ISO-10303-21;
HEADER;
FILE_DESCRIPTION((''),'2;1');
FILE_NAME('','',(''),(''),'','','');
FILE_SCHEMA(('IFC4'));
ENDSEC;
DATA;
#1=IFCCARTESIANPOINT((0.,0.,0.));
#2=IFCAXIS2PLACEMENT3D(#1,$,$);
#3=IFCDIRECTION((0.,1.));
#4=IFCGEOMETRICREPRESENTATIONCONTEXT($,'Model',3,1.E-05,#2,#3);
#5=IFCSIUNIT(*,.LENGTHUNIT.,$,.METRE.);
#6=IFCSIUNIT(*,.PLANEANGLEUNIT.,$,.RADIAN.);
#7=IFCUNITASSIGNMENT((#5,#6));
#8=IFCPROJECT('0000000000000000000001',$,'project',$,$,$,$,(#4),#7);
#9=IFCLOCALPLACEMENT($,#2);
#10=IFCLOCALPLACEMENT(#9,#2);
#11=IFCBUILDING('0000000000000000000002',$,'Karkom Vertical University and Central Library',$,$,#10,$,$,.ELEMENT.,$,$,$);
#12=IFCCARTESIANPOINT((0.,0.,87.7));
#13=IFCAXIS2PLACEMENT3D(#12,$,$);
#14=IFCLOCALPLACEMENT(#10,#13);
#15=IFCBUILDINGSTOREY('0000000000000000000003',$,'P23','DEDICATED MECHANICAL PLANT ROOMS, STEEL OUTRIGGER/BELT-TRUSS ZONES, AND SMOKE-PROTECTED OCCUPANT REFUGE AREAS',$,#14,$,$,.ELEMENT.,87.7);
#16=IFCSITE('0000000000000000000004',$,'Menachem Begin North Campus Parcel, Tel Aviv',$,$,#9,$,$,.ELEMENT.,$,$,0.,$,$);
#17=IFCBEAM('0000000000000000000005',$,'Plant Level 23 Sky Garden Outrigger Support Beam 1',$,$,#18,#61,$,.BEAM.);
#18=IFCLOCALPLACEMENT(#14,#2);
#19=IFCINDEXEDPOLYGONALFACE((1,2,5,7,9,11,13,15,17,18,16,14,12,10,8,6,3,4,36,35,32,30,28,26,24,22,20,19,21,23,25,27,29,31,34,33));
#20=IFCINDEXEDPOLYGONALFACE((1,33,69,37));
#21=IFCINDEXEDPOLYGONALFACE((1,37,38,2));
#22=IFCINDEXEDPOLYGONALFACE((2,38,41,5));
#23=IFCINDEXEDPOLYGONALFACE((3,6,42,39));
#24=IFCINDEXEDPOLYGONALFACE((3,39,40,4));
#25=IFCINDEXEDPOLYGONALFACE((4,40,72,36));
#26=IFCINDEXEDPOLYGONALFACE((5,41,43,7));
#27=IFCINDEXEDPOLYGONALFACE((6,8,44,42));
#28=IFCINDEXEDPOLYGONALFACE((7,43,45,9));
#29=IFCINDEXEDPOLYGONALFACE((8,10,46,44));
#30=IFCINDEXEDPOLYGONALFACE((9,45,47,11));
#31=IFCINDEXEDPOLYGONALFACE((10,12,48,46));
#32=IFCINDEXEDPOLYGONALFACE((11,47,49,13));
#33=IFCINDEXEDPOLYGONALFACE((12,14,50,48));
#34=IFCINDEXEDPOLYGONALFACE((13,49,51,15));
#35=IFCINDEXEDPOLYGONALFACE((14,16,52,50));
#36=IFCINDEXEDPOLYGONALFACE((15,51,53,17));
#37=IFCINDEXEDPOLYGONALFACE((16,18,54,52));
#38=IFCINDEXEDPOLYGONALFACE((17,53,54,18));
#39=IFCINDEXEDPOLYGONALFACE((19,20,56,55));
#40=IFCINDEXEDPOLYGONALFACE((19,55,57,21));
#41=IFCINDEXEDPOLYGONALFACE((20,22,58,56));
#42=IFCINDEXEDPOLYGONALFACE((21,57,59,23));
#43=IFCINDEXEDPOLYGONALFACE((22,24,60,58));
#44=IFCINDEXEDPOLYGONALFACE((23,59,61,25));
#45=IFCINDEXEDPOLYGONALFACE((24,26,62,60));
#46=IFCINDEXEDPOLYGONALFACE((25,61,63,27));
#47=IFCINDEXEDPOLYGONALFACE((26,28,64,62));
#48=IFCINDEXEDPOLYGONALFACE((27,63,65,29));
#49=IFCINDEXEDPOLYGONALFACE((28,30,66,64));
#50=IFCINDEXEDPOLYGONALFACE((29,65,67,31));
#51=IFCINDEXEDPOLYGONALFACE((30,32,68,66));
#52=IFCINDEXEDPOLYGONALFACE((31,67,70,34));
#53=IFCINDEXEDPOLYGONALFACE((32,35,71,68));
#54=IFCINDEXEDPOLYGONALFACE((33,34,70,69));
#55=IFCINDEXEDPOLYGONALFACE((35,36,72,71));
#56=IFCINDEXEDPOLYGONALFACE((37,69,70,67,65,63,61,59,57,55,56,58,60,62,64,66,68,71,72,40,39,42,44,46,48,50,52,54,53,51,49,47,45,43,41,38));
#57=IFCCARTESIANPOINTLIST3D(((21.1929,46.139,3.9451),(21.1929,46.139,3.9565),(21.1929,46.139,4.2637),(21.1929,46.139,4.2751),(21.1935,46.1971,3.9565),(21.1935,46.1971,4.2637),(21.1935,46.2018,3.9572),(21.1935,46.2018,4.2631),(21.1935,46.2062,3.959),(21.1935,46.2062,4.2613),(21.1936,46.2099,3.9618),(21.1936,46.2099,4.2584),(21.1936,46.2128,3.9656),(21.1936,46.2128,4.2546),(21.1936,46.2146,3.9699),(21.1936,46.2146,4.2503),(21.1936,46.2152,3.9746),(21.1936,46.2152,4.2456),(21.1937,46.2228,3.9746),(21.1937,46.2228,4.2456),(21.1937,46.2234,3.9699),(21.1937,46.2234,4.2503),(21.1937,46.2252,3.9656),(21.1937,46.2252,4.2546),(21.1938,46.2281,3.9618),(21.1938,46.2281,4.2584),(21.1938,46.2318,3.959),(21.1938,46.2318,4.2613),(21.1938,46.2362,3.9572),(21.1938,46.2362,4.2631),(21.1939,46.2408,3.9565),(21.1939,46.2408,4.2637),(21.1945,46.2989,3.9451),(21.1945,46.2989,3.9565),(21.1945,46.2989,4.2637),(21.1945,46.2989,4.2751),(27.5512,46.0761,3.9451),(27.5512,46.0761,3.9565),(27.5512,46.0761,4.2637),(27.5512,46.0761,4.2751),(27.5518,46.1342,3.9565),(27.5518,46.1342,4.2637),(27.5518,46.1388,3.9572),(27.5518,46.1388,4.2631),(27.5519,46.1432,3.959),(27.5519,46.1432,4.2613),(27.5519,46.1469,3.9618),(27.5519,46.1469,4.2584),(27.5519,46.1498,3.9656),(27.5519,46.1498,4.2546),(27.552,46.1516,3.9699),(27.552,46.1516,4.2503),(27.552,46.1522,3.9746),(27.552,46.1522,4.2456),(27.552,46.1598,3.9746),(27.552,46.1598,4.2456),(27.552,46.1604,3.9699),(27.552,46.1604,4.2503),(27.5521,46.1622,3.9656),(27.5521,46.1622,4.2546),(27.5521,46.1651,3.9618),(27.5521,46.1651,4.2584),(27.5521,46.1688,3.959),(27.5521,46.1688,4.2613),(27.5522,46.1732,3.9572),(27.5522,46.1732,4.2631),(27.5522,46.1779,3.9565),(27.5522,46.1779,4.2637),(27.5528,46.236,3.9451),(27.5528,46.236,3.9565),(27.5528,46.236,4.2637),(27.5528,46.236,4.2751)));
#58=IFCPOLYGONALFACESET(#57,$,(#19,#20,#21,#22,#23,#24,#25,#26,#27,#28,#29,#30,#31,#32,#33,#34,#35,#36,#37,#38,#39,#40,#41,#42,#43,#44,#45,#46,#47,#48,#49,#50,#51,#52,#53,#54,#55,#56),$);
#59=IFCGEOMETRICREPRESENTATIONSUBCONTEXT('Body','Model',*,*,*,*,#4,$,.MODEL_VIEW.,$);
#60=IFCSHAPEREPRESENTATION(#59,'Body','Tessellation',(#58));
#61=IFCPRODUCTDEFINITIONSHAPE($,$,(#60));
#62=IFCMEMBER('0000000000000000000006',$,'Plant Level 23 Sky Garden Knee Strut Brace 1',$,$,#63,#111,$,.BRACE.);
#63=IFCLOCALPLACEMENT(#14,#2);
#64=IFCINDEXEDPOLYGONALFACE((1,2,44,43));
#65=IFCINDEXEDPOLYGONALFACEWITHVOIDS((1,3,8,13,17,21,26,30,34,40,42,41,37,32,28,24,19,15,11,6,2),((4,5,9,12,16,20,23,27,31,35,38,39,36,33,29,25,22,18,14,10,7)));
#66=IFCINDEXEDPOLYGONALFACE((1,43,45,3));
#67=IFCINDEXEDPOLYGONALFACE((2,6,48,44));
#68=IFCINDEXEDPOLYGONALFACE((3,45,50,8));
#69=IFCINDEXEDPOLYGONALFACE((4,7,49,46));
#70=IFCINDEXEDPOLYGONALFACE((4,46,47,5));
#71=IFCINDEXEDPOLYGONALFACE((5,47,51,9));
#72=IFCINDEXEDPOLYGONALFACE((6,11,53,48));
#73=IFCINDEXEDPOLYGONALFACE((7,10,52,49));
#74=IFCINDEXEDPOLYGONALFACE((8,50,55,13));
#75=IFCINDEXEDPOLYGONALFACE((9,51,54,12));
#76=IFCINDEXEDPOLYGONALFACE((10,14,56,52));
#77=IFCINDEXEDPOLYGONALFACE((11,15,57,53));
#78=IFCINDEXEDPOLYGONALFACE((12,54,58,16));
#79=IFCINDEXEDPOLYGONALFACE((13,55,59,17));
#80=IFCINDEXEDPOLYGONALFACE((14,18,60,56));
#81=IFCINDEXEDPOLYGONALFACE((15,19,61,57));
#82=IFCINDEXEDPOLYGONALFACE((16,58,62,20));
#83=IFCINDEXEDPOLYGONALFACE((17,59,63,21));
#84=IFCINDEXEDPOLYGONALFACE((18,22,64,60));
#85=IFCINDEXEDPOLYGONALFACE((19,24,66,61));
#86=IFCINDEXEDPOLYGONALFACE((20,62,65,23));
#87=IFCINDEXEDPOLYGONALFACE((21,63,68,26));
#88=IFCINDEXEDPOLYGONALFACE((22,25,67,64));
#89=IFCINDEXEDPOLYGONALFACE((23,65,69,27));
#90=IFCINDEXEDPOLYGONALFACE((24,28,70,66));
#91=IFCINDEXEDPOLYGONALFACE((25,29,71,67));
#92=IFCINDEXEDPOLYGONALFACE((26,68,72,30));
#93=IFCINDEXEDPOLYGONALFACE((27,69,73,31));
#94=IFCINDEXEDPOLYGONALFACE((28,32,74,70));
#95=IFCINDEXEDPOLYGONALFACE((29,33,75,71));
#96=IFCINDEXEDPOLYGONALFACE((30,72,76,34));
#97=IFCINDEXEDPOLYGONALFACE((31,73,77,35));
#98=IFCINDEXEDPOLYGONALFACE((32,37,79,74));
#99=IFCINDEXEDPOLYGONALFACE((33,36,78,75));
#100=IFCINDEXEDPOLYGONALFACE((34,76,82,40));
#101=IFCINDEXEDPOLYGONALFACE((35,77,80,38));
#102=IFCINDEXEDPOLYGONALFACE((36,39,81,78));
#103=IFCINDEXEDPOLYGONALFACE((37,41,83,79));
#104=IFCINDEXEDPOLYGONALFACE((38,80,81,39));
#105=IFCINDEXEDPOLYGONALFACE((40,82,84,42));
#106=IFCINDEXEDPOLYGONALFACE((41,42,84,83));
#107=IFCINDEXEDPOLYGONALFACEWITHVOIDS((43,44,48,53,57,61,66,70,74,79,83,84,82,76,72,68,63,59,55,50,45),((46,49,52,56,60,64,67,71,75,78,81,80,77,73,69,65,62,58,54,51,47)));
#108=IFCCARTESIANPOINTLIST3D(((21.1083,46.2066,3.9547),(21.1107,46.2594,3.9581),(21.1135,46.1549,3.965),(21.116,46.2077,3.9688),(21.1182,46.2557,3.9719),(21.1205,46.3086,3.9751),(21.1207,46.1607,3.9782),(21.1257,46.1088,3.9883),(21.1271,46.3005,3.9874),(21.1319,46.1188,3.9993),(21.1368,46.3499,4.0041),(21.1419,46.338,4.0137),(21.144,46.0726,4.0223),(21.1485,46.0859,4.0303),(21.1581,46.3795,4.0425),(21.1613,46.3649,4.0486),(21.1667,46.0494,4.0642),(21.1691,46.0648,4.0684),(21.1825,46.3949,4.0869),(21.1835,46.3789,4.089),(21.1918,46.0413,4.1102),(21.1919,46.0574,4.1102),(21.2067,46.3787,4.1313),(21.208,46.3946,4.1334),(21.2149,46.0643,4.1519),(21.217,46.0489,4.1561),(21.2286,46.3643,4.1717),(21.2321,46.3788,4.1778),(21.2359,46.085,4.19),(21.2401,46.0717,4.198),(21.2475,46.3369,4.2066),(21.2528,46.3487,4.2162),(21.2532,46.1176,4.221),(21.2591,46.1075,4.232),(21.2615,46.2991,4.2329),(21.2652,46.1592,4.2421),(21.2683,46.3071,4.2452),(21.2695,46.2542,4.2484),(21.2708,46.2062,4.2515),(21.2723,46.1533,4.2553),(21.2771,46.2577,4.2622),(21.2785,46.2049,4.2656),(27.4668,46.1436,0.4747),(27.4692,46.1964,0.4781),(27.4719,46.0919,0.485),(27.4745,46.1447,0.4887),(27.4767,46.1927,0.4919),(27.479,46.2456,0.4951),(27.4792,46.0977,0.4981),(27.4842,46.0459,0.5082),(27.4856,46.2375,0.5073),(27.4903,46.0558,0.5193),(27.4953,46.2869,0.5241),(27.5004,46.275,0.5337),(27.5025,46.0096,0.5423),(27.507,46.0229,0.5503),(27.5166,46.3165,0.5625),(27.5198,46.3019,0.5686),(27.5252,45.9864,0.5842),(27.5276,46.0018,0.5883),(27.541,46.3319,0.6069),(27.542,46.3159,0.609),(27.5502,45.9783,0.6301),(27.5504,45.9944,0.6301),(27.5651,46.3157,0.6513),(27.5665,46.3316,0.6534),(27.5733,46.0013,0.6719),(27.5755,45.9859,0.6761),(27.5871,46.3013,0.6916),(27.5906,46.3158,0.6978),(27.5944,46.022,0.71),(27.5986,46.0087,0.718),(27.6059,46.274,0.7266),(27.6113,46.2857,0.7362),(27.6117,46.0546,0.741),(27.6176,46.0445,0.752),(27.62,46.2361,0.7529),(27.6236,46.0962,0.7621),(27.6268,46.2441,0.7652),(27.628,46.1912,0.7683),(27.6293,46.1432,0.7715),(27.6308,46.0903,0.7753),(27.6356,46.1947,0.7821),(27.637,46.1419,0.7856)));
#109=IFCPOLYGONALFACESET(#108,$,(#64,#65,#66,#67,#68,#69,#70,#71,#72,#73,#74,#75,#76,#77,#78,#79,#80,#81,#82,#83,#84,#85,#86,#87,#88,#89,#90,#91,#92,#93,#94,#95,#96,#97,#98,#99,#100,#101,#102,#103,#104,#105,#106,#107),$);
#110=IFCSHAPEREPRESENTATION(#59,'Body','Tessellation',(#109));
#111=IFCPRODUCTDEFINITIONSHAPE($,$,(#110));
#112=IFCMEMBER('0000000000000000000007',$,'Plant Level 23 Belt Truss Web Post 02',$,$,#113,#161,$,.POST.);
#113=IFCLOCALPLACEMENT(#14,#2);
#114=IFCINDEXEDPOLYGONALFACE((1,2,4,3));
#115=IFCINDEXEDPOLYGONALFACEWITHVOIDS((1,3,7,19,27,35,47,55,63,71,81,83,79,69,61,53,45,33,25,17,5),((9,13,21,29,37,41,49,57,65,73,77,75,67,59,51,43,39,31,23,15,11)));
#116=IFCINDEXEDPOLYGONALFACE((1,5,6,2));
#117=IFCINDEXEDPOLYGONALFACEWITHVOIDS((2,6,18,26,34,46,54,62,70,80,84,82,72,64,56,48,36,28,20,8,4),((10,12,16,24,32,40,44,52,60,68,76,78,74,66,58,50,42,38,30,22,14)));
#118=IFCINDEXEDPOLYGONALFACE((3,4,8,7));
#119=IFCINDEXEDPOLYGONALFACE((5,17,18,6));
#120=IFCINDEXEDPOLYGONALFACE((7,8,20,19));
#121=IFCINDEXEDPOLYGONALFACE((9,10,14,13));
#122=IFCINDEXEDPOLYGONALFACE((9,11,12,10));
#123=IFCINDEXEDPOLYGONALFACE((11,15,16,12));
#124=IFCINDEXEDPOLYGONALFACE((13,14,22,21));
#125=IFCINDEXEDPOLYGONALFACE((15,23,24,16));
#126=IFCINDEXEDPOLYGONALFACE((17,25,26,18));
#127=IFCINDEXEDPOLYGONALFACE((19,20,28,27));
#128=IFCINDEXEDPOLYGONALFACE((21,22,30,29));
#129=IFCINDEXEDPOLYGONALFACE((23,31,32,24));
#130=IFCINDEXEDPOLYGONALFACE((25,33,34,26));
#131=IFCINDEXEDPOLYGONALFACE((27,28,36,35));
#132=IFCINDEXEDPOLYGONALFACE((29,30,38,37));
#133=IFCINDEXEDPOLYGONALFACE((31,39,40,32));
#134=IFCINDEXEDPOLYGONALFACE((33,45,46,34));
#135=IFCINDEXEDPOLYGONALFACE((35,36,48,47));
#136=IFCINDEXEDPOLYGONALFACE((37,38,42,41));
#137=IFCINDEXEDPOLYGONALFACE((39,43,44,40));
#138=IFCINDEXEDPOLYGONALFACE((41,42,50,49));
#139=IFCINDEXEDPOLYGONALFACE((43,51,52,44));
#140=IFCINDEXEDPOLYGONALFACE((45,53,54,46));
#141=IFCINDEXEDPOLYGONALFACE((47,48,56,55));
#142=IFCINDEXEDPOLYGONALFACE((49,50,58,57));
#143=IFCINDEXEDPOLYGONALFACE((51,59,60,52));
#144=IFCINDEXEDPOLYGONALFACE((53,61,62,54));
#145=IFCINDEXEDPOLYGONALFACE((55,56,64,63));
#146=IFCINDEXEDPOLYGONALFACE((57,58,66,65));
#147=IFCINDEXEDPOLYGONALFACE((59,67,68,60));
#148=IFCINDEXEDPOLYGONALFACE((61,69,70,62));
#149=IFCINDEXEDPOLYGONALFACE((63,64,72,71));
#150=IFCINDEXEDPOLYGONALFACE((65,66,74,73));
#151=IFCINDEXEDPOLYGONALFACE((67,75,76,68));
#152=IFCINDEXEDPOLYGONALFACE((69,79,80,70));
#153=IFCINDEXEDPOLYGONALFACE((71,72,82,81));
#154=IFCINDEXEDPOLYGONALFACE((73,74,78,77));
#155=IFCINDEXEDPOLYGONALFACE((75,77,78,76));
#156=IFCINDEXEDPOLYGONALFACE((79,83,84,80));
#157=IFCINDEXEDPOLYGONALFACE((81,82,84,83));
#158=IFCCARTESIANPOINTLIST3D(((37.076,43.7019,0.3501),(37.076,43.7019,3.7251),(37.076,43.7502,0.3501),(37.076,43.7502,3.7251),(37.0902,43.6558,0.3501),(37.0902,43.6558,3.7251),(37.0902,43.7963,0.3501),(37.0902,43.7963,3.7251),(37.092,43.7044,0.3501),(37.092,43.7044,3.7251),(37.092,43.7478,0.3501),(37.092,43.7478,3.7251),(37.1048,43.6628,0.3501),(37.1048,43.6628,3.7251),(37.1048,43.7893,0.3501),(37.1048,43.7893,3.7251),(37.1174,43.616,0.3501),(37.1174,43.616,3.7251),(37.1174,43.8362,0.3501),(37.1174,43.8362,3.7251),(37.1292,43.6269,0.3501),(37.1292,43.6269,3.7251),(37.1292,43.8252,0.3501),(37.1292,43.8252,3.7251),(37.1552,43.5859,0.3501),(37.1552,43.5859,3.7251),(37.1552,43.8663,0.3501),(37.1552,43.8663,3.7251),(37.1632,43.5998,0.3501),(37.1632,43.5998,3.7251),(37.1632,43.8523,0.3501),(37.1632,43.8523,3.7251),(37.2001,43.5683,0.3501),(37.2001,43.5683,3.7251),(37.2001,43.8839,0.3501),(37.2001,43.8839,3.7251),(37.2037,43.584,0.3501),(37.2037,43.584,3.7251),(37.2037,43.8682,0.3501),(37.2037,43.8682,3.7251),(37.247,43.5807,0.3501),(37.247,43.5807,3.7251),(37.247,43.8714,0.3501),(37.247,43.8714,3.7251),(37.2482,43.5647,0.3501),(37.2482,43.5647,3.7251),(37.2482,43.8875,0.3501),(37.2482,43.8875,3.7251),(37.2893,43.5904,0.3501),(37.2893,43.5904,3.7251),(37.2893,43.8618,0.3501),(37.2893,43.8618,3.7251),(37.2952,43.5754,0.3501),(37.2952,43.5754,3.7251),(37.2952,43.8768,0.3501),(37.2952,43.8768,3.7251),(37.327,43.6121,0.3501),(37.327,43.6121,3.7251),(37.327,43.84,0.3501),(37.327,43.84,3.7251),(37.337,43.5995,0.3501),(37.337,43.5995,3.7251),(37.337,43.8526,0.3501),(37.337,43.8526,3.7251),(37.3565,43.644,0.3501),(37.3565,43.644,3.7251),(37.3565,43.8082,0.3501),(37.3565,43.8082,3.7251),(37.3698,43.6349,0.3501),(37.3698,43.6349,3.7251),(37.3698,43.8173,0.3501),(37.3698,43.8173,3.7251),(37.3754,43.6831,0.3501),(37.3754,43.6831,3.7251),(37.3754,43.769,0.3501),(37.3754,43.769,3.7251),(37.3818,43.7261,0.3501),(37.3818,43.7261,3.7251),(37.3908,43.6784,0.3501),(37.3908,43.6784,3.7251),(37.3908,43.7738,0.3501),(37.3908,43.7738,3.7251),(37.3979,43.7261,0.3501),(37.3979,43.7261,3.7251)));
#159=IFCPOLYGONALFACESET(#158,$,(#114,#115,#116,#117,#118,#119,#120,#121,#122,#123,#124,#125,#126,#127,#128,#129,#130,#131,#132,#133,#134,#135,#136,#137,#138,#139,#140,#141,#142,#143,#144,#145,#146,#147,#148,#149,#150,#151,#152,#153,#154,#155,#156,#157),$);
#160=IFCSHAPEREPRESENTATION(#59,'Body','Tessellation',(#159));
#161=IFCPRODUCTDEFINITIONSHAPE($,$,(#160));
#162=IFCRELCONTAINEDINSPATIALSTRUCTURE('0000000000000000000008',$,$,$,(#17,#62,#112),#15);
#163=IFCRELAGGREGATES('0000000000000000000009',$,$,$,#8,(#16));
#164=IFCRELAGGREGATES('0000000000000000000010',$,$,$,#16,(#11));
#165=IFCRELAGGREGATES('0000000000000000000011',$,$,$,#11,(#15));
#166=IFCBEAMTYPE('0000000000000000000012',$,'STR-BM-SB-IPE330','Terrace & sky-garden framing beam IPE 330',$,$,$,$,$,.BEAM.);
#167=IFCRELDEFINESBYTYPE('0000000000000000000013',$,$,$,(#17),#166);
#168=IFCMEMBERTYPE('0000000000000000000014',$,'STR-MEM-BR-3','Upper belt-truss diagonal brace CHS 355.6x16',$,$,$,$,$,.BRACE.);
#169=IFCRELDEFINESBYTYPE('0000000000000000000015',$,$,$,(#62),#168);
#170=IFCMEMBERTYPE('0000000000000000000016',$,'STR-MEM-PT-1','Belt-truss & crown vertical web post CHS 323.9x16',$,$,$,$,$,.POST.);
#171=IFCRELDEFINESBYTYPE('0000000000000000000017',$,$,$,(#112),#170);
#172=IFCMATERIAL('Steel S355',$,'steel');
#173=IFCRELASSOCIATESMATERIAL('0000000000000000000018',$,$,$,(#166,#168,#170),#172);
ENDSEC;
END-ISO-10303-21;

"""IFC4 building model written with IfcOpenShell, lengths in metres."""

from ifc_helpers import new_model, si_unit, direction, frame, origin, origin_with_axes, origin_2d, place, context, subcontext, project, spatial, hollow_circle, i_section, extrude, source, transform, mapped, material, material_profile, profile_set, type_object, element, save


model = new_model("IFC4")

# Units and contexts
model_context = context("Model", 3, precision=1e-05, world=origin(), true_north=direction((0.0, 1.0)))
body_context = subcontext(model_context, "Body", "Model", "MODEL_VIEW")
ifc_project = project(units=[si_unit("LENGTHUNIT", "METRE"), si_unit("PLANEANGLEUNIT", "RADIAN")], contexts=[model_context])

# Site, building, storey
site_placement = place(None, origin())
site = spatial("IfcSite", under=ifc_project, at=site_placement, Name="Menachem Begin North Campus Parcel, Tel Aviv", CompositionType="ELEMENT", RefElevation=0.0)
building_placement = place(site_placement, origin())
building = spatial("IfcBuilding", under=site, at=building_placement, Name="Karkom Vertical University and Central Library", CompositionType="ELEMENT")
storey_placement = place(building_placement, frame((0.0, 0.0, 87.7)))
storey = spatial("IfcBuildingStorey", under=building, at=storey_placement, Name="P23", Description="DEDICATED MECHANICAL PLANT ROOMS, STEEL OUTRIGGER/BELT-TRUSS ZONES, AND SMOKE-PROTECTED OCCUPANT REFUGE AREAS", CompositionType="ELEMENT", Elevation=87.7)

# Beam
ifc_material_1 = material(Name="Steel S355", Category="steel")
ifc_material_profile_1 = material_profile(ifc_material_1, i_section(OverallWidth=0.1599, OverallDepth=0.3301, WebThickness=0.0076, FlangeThickness=0.0115, FilletRadius=0.0181, at=origin_2d()), Name="IPE 330")
ifc_profile_set_1 = profile_set([ifc_material_profile_1], Name="Steel S355")
beam_type_1 = type_object("IfcBeamType", Name="STR-BM-SB-IPE330", Description="Terrace & sky-garden framing beam IPE 330", PredefinedType="BEAM", material=ifc_profile_set_1)
shared_shape_1 = source(origin_with_axes(), body_context, "Body", "SweptSolid", [
    extrude(i_section(OverallWidth=0.1599, OverallDepth=0.3301, WebThickness=0.0076, FlangeThickness=0.0115, FilletRadius=0.0181, at=origin_2d()), origin(), (0.0, 0.0, 1.0), 6.3586),
])
beam_1_placement = place(storey_placement, frame((27.552, 46.156, 4.1101), z_axis=(-0.999951, 0.009906, 0.0), x_axis=(-0.009906, -0.999951, 0.0)))
element("IfcBeam", 1, at=beam_1_placement, inside=storey, type_object=beam_type_1, Name="Plant Level 23 Sky Garden Outrigger Support Beam 1", PredefinedType="BEAM", context=body_context, shape_type="MappedRepresentation", body=[
    mapped(shared_shape_1, transform((0.0, 0.0, 0.0), scale=1.0)),
])

# Members
ifc_material_profile_2 = material_profile(ifc_material_1, hollow_circle(Radius=0.1777, WallThickness=0.0161, at=origin_2d()), Name="CHS 355.6x16")
ifc_profile_set_2 = profile_set([ifc_material_profile_2], Name="Steel S355")
member_type_1 = type_object("IfcMemberType", Name="STR-MEM-BR-3", Description="Upper belt-truss diagonal brace CHS 355.6x16", PredefinedType="BRACE", material=ifc_profile_set_2)
shared_shape_2 = source(origin_with_axes(), body_context, "Body", "SweptSolid", [
    extrude(hollow_circle(Radius=0.1777, WallThickness=0.0161, at=origin_2d()), origin(), (0.0, 0.0, 1.0), 7.2488),
])
member_1_placement = place(storey_placement, frame((27.552, 46.156, 0.6301), z_axis=(-0.877179, 0.00869, 0.480084), x_axis=(-0.009906, -0.999951, 0.0)))
element("IfcMember", 2, at=member_1_placement, inside=storey, type_object=member_type_1, Name="Plant Level 23 Sky Garden Knee Strut Brace 1", PredefinedType="BRACE", context=body_context, shape_type="MappedRepresentation", body=[
    mapped(shared_shape_2, transform((0.0, 0.0, 0.0), scale=1.0)),
])
ifc_material_profile_3 = material_profile(ifc_material_1, hollow_circle(Radius=0.1619, WallThickness=0.0161, at=origin_2d()), Name="CHS 323.9x16")
ifc_profile_set_3 = profile_set([ifc_material_profile_3], Name="Steel S355")
member_type_2 = type_object("IfcMemberType", Name="STR-MEM-PT-1", Description="Belt-truss & crown vertical web post CHS 323.9x16", PredefinedType="POST", material=ifc_profile_set_3)
shared_shape_3 = source(origin_with_axes(), body_context, "Body", "SweptSolid", [
    extrude(hollow_circle(Radius=0.1619, WallThickness=0.0161, at=origin_2d()), origin(), (0.0, 0.0, 1.0), 3.375),
])
member_2_placement = place(storey_placement, frame((37.2361, 43.7261, 0.3501), z_axis=(0.0, 0.0, 1.0), x_axis=(1.0, 0.0, 0.0)))
element("IfcMember", 3, at=member_2_placement, inside=storey, type_object=member_type_2, Name="Plant Level 23 Belt Truss Web Post 02", PredefinedType="POST", context=body_context, shape_type="MappedRepresentation", body=[
    mapped(shared_shape_3, transform((0.0, 0.0, 0.0), scale=1.0)),
])

save(model, "model.ifc")
